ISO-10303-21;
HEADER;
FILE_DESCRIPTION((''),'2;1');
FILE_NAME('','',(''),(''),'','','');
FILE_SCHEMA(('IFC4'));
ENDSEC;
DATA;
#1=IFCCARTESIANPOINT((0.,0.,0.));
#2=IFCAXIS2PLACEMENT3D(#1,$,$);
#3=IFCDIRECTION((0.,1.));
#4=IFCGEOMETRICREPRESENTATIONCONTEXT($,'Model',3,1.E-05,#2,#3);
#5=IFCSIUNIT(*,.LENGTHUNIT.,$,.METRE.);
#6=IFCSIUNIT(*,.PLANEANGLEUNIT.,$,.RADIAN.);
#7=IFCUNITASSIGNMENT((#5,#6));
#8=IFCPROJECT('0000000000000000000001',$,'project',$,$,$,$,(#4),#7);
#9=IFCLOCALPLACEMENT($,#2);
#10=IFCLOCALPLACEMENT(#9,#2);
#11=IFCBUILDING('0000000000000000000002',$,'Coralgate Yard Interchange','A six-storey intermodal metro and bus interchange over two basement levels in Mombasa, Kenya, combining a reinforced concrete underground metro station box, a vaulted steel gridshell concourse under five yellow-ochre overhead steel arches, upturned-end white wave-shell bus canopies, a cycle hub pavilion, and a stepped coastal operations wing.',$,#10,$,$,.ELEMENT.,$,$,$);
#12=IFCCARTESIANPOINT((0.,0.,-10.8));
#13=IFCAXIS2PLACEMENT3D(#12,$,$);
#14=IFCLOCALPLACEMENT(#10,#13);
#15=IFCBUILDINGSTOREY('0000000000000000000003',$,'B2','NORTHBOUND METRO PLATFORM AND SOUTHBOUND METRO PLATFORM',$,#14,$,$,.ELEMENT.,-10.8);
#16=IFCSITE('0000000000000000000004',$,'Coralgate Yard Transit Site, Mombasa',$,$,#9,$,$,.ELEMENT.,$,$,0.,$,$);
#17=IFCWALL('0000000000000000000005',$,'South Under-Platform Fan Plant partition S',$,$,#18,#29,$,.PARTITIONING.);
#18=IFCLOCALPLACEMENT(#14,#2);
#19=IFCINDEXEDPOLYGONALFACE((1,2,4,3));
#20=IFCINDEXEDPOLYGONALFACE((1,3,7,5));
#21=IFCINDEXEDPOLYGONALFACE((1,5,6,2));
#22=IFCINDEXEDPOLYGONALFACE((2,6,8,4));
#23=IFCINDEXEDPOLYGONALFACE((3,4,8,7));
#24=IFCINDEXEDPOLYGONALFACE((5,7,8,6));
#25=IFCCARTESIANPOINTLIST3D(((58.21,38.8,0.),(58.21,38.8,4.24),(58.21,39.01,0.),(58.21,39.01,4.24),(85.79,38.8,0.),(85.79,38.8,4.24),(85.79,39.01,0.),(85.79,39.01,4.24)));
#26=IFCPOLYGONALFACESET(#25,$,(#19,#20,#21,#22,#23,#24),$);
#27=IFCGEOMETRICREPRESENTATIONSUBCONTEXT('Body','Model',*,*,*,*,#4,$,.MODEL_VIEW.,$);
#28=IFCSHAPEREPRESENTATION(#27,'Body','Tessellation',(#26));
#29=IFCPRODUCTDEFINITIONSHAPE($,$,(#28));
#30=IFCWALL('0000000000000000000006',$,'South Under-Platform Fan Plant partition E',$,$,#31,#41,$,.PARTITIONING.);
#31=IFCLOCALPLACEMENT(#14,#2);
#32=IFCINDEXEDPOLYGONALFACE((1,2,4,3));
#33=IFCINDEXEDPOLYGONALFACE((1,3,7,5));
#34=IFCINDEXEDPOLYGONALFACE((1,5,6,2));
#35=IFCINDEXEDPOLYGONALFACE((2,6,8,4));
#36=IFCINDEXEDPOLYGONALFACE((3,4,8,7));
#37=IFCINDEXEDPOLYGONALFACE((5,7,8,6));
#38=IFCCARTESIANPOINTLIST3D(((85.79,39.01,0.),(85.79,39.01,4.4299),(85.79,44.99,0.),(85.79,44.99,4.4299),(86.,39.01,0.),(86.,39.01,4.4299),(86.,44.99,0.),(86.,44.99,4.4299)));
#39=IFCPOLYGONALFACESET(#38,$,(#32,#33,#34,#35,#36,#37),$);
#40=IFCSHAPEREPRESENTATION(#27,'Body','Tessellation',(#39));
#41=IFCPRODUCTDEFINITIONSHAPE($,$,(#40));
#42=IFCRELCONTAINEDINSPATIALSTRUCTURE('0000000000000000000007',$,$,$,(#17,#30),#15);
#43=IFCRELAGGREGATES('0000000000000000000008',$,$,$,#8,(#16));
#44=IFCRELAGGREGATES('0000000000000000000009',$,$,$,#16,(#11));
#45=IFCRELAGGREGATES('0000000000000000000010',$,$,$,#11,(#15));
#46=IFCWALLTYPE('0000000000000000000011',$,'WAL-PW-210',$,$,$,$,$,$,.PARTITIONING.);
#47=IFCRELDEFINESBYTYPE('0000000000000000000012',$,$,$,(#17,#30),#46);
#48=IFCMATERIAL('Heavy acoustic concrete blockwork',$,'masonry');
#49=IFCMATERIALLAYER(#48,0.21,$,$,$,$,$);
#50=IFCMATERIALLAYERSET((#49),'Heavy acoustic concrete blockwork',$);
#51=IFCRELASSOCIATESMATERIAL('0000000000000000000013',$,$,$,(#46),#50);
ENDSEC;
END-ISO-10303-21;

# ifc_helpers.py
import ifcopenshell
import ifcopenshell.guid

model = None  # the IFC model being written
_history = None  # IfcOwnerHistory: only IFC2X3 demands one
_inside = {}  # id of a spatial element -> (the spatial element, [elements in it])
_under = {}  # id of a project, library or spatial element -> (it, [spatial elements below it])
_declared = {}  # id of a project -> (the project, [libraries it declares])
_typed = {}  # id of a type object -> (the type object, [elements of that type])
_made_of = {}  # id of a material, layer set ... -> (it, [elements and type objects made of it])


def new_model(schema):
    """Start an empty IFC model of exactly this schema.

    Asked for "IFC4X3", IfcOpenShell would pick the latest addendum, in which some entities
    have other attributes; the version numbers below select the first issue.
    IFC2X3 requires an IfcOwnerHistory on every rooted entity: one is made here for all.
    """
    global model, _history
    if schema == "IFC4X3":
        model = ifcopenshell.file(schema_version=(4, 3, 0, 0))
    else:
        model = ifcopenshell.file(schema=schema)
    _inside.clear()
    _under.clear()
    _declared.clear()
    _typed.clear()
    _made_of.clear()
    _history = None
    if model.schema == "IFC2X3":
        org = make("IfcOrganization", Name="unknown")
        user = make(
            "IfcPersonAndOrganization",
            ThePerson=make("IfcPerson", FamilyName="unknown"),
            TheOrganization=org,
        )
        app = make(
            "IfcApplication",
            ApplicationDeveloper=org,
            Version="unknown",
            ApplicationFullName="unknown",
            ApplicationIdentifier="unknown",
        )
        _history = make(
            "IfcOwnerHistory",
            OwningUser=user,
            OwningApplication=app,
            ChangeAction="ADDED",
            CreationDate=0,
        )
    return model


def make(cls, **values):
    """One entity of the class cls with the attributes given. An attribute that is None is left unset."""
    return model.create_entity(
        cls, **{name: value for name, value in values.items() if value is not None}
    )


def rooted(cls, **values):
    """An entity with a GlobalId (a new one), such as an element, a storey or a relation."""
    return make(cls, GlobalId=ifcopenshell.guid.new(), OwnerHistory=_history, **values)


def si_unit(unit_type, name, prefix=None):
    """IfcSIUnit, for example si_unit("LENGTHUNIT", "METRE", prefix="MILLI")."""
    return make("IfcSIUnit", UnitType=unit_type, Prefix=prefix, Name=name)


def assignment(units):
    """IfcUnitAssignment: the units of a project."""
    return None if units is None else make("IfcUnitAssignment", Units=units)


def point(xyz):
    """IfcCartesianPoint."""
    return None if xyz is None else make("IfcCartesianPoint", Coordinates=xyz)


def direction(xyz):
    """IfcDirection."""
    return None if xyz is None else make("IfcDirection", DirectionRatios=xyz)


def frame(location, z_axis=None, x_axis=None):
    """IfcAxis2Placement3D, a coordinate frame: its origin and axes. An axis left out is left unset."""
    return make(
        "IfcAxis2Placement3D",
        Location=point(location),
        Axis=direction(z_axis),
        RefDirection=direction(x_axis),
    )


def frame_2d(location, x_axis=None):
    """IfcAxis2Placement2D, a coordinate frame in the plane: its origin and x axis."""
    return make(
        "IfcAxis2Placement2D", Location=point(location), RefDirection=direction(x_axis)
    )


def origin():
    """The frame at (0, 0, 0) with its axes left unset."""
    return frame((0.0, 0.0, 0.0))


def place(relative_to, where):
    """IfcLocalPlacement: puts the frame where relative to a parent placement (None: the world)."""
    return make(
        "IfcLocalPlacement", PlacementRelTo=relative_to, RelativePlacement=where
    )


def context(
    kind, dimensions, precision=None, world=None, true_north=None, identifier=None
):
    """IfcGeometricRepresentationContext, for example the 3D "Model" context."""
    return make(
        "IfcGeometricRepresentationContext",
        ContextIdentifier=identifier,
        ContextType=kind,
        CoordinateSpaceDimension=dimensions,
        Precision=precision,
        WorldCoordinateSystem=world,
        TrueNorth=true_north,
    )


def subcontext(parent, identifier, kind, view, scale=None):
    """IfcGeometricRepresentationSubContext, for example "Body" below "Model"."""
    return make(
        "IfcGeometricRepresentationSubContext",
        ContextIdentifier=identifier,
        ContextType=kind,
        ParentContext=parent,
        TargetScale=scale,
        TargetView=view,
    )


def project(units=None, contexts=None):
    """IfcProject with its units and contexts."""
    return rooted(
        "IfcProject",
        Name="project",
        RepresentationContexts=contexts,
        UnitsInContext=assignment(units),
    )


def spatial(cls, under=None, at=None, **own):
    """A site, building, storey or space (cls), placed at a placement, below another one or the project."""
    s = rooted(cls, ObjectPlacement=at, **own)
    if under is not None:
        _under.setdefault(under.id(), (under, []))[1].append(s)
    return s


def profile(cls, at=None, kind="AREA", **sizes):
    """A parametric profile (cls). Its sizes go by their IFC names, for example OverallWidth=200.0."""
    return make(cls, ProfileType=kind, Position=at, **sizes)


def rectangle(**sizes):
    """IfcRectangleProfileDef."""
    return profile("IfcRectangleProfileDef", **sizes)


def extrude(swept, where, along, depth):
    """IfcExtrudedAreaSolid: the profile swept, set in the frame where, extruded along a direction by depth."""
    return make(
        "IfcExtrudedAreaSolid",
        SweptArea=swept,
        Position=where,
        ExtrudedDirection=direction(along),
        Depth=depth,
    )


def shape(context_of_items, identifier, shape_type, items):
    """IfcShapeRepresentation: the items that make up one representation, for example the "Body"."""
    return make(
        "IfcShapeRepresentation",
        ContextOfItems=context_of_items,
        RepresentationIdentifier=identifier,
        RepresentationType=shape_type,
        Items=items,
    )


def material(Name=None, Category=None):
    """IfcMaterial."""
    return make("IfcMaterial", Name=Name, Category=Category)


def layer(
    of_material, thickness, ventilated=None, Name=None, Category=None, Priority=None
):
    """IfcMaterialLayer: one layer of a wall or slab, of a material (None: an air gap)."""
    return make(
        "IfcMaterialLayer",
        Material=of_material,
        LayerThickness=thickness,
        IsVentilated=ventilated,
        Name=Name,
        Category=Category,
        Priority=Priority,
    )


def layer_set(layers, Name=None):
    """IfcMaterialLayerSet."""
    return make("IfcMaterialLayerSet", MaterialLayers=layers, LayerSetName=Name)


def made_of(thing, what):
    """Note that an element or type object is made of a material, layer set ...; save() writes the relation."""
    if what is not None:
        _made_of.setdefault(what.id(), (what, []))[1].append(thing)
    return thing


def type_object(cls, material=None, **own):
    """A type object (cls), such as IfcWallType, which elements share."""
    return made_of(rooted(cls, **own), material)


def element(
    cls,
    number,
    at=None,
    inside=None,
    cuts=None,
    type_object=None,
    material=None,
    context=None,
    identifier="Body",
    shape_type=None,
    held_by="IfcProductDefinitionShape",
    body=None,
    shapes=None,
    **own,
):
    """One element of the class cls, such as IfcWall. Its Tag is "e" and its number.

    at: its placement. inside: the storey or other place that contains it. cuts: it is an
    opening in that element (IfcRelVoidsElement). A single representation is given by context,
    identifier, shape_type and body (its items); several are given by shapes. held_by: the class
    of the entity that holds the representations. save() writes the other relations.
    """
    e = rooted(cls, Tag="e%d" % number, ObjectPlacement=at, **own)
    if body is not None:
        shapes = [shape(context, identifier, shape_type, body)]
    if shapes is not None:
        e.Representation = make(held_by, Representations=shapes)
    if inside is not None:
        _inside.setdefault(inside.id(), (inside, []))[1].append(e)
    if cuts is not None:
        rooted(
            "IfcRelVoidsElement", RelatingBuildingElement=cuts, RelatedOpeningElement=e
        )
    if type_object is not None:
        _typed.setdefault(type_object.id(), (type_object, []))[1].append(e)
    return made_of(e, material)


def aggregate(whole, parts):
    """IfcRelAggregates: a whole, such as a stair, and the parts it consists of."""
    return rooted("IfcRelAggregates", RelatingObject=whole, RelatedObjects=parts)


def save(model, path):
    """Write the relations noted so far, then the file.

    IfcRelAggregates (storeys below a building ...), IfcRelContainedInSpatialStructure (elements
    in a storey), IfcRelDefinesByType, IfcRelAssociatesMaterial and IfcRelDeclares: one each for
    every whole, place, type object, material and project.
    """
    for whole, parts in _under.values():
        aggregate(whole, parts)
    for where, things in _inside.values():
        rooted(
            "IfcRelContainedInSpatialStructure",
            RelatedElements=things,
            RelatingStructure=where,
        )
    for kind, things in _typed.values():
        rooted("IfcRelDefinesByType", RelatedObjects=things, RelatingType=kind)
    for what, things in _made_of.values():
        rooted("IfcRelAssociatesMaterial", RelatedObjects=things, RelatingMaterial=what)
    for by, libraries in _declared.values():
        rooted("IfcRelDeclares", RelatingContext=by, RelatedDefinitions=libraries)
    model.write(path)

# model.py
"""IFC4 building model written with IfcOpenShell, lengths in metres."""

from ifc_helpers import new_model, si_unit, direction, frame, frame_2d, origin, place, context, subcontext, project, spatial, rectangle, extrude, material, layer, layer_set, type_object, element, save


model = new_model("IFC4")

# Units and contexts
model_context = context("Model", 3, precision=1e-05, world=origin(), true_north=direction((0.0, 1.0)))
body_context = subcontext(model_context, "Body", "Model", "MODEL_VIEW")
ifc_project = project(units=[si_unit("LENGTHUNIT", "METRE"), si_unit("PLANEANGLEUNIT", "RADIAN")], contexts=[model_context])

# Site, building, storey
site_placement = place(None, origin())
site = spatial("IfcSite", under=ifc_project, at=site_placement, Name="Coralgate Yard Transit Site, Mombasa", CompositionType="ELEMENT", RefElevation=0.0)
building_placement = place(site_placement, origin())
building = spatial("IfcBuilding", under=site, at=building_placement, Name="Coralgate Yard Interchange", Description="A six-storey intermodal metro and bus interchange over two basement levels in Mombasa, Kenya, combining a reinforced concrete underground metro station box, a vaulted steel gridshell concourse under five yellow-ochre overhead steel arches, upturned-end white wave-shell bus canopies, a cycle hub pavilion, and a stepped coastal operations wing.", CompositionType="ELEMENT")
storey_placement = place(building_placement, frame((0.0, 0.0, -10.8)))
storey = spatial("IfcBuildingStorey", under=building, at=storey_placement, Name="B2", Description="NORTHBOUND METRO PLATFORM AND SOUTHBOUND METRO PLATFORM", CompositionType="ELEMENT", Elevation=-10.8)

# Walls
ifc_material_1 = material(Name="Heavy acoustic concrete blockwork", Category="masonry")
ifc_layer = layer(ifc_material_1, 0.21)
ifc_layer_set = layer_set([ifc_layer], Name="Heavy acoustic concrete blockwork")
wall_type = type_object("IfcWallType", Name="WAL-PW-210", PredefinedType="PARTITIONING", material=ifc_layer_set)
wall_1_placement = place(storey_placement, frame((85.79, 38.905, 0.0), z_axis=(0.0, 0.0, 1.0), x_axis=(-1.0, 0.0, 0.0)))
element("IfcWall", 1, at=wall_1_placement, inside=storey, type_object=wall_type, Name="South Under-Platform Fan Plant partition S", PredefinedType="PARTITIONING", context=body_context, shape_type="SweptSolid", body=[
    extrude(rectangle(XDim=27.5801, YDim=0.21, at=frame_2d((13.79, 0.0))), origin(), (0.0, 0.0, 1.0), 4.24),
])
wall_2_placement = place(storey_placement, frame((85.895, 44.99, 0.0), z_axis=(0.0, 0.0, 1.0), x_axis=(0.0, -1.0, 0.0)))
element("IfcWall", 2, at=wall_2_placement, inside=storey, type_object=wall_type, Name="South Under-Platform Fan Plant partition E", PredefinedType="PARTITIONING", context=body_context, shape_type="SweptSolid", body=[
    extrude(rectangle(XDim=5.98, YDim=0.21, at=frame_2d((2.99, 0.0))), origin(), (0.0, 0.0, 1.0), 4.4299),
])

save(model, "model.ifc")
